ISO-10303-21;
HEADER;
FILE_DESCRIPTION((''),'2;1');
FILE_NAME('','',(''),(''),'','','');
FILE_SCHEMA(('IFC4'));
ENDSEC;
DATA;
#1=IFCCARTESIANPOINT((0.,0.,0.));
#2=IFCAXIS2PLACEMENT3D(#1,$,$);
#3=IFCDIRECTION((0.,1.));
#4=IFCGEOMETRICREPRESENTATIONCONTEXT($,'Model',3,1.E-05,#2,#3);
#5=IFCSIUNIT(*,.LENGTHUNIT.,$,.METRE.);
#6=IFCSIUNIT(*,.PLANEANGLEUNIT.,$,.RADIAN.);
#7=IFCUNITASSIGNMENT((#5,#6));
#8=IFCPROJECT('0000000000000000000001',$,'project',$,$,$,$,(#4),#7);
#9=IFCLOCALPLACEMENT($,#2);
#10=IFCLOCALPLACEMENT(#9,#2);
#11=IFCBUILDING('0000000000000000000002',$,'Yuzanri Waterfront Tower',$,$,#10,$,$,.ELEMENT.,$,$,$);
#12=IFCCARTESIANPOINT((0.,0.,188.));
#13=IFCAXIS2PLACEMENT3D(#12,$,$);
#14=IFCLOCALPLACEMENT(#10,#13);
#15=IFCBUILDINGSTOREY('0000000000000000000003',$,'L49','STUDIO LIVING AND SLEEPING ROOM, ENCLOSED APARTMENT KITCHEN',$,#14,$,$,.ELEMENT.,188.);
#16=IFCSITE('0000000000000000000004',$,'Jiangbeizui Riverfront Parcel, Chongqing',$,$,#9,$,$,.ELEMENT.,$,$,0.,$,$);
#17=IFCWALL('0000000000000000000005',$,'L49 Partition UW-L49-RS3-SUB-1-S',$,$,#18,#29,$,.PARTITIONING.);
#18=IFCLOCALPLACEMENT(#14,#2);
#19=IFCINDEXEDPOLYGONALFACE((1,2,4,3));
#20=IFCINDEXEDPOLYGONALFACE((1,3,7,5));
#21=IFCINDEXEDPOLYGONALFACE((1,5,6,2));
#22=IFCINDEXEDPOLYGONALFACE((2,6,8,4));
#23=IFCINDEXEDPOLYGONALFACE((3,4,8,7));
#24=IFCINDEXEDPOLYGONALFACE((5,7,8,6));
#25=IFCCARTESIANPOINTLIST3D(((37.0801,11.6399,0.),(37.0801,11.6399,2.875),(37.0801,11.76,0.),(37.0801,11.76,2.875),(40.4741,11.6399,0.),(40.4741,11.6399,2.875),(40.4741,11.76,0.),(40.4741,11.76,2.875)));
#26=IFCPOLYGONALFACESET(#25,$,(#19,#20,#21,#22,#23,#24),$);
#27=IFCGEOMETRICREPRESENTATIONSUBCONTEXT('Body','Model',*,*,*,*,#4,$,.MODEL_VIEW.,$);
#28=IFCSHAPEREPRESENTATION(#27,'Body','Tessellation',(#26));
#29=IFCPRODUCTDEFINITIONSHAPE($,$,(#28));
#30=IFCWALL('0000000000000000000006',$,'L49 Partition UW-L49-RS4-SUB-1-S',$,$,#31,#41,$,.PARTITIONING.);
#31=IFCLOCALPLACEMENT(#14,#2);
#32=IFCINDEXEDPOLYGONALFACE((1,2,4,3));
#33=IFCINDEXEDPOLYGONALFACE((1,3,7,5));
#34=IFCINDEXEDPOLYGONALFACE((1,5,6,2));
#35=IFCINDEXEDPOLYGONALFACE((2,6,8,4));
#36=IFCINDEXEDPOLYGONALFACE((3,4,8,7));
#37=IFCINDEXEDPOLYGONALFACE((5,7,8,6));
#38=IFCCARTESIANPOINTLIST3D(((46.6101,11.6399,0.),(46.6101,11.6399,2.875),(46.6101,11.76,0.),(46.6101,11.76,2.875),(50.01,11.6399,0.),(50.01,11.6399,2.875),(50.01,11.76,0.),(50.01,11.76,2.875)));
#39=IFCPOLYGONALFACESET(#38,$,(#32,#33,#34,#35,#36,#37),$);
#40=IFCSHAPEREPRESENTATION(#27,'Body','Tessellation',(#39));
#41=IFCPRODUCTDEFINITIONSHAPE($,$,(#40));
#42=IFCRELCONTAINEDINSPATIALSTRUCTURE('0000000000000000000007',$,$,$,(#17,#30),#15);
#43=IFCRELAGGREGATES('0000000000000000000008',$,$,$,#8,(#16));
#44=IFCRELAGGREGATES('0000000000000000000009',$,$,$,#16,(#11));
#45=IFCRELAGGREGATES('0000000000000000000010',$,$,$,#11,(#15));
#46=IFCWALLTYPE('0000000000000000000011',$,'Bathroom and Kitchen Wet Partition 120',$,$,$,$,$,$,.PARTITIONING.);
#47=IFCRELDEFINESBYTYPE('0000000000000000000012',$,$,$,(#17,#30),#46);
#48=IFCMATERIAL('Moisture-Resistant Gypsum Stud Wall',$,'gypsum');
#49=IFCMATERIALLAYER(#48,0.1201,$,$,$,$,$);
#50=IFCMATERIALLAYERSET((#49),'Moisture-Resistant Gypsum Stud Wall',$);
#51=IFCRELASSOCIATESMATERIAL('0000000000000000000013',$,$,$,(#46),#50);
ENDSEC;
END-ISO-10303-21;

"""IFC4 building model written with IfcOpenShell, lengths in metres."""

from ifc_helpers import new_model, si_unit, direction, frame, frame_2d, origin, place, context, subcontext, project, spatial, rectangle, extrude, source, transform, mapped, material, layer, layer_set, type_object, element, save


model = new_model("IFC4")

# Units and contexts
model_context = context("Model", 3, precision=1e-05, world=origin(), true_north=direction((0.0, 1.0)))
body_context = subcontext(model_context, "Body", "Model", "MODEL_VIEW")
ifc_project = project(units=[si_unit("LENGTHUNIT", "METRE"), si_unit("PLANEANGLEUNIT", "RADIAN")], contexts=[model_context])

# Site, building, storey
site_placement = place(None, origin())
site = spatial("IfcSite", under=ifc_project, at=site_placement, Name="Jiangbeizui Riverfront Parcel, Chongqing", CompositionType="ELEMENT", RefElevation=0.0)
building_placement = place(site_placement, origin())
building = spatial("IfcBuilding", under=site, at=building_placement, Name="Yuzanri Waterfront Tower", CompositionType="ELEMENT")
storey_placement = place(building_placement, frame((0.0, 0.0, 188.0)))
storey = spatial("IfcBuildingStorey", under=building, at=storey_placement, Name="L49", Description="STUDIO LIVING AND SLEEPING ROOM, ENCLOSED APARTMENT KITCHEN", CompositionType="ELEMENT", Elevation=188.0)

# Shared definitions
ifc_material_1 = material(Name="Moisture-Resistant Gypsum Stud Wall", Category="gypsum")
ifc_layer_1 = layer(ifc_material_1, 0.1201)
ifc_layer_set_1 = layer_set([ifc_layer_1], Name="Moisture-Resistant Gypsum Stud Wall")
wall_type_1 = type_object("IfcWallType", Name="Bathroom and Kitchen Wet Partition 120", PredefinedType="PARTITIONING", material=ifc_layer_set_1)

# Walls
shared_shape_1 = source(origin(), body_context, "Body", "SweptSolid", [
    extrude(rectangle(XDim=3.394, YDim=0.1201, at=frame_2d((1.697, 0.0))), origin(), (0.0, 0.0, 1.0), 2.875),
])
wall_1_placement = place(storey_placement, frame((37.0801, 11.7, 0.0), z_axis=(0.0, 0.0, 1.0), x_axis=(1.0, 0.0, 0.0)))
element("IfcWall", 1, at=wall_1_placement, inside=storey, type_object=wall_type_1, Name="L49 Partition UW-L49-RS3-SUB-1-S", PredefinedType="PARTITIONING", context=body_context, shape_type="MappedRepresentation", body=[
    mapped(shared_shape_1, transform((0.0, 0.0, 0.0), scale=1.0)),
])
shared_shape_2 = source(origin(), body_context, "Body", "SweptSolid", [
    extrude(rectangle(XDim=3.3999, YDim=0.1201, at=frame_2d((1.7, 0.0))), origin(), (0.0, 0.0, 1.0), 2.875),
])
wall_2_placement = place(storey_placement, frame((46.6101, 11.7, 0.0), z_axis=(0.0, 0.0, 1.0), x_axis=(1.0, 0.0, 0.0)))
element("IfcWall", 2, at=wall_2_placement, inside=storey, type_object=wall_type_1, Name="L49 Partition UW-L49-RS4-SUB-1-S", PredefinedType="PARTITIONING", context=body_context, shape_type="MappedRepresentation", body=[
    mapped(shared_shape_2, transform((0.0, 0.0, 0.0), scale=1.0)),
])

save(model, "model.ifc")
